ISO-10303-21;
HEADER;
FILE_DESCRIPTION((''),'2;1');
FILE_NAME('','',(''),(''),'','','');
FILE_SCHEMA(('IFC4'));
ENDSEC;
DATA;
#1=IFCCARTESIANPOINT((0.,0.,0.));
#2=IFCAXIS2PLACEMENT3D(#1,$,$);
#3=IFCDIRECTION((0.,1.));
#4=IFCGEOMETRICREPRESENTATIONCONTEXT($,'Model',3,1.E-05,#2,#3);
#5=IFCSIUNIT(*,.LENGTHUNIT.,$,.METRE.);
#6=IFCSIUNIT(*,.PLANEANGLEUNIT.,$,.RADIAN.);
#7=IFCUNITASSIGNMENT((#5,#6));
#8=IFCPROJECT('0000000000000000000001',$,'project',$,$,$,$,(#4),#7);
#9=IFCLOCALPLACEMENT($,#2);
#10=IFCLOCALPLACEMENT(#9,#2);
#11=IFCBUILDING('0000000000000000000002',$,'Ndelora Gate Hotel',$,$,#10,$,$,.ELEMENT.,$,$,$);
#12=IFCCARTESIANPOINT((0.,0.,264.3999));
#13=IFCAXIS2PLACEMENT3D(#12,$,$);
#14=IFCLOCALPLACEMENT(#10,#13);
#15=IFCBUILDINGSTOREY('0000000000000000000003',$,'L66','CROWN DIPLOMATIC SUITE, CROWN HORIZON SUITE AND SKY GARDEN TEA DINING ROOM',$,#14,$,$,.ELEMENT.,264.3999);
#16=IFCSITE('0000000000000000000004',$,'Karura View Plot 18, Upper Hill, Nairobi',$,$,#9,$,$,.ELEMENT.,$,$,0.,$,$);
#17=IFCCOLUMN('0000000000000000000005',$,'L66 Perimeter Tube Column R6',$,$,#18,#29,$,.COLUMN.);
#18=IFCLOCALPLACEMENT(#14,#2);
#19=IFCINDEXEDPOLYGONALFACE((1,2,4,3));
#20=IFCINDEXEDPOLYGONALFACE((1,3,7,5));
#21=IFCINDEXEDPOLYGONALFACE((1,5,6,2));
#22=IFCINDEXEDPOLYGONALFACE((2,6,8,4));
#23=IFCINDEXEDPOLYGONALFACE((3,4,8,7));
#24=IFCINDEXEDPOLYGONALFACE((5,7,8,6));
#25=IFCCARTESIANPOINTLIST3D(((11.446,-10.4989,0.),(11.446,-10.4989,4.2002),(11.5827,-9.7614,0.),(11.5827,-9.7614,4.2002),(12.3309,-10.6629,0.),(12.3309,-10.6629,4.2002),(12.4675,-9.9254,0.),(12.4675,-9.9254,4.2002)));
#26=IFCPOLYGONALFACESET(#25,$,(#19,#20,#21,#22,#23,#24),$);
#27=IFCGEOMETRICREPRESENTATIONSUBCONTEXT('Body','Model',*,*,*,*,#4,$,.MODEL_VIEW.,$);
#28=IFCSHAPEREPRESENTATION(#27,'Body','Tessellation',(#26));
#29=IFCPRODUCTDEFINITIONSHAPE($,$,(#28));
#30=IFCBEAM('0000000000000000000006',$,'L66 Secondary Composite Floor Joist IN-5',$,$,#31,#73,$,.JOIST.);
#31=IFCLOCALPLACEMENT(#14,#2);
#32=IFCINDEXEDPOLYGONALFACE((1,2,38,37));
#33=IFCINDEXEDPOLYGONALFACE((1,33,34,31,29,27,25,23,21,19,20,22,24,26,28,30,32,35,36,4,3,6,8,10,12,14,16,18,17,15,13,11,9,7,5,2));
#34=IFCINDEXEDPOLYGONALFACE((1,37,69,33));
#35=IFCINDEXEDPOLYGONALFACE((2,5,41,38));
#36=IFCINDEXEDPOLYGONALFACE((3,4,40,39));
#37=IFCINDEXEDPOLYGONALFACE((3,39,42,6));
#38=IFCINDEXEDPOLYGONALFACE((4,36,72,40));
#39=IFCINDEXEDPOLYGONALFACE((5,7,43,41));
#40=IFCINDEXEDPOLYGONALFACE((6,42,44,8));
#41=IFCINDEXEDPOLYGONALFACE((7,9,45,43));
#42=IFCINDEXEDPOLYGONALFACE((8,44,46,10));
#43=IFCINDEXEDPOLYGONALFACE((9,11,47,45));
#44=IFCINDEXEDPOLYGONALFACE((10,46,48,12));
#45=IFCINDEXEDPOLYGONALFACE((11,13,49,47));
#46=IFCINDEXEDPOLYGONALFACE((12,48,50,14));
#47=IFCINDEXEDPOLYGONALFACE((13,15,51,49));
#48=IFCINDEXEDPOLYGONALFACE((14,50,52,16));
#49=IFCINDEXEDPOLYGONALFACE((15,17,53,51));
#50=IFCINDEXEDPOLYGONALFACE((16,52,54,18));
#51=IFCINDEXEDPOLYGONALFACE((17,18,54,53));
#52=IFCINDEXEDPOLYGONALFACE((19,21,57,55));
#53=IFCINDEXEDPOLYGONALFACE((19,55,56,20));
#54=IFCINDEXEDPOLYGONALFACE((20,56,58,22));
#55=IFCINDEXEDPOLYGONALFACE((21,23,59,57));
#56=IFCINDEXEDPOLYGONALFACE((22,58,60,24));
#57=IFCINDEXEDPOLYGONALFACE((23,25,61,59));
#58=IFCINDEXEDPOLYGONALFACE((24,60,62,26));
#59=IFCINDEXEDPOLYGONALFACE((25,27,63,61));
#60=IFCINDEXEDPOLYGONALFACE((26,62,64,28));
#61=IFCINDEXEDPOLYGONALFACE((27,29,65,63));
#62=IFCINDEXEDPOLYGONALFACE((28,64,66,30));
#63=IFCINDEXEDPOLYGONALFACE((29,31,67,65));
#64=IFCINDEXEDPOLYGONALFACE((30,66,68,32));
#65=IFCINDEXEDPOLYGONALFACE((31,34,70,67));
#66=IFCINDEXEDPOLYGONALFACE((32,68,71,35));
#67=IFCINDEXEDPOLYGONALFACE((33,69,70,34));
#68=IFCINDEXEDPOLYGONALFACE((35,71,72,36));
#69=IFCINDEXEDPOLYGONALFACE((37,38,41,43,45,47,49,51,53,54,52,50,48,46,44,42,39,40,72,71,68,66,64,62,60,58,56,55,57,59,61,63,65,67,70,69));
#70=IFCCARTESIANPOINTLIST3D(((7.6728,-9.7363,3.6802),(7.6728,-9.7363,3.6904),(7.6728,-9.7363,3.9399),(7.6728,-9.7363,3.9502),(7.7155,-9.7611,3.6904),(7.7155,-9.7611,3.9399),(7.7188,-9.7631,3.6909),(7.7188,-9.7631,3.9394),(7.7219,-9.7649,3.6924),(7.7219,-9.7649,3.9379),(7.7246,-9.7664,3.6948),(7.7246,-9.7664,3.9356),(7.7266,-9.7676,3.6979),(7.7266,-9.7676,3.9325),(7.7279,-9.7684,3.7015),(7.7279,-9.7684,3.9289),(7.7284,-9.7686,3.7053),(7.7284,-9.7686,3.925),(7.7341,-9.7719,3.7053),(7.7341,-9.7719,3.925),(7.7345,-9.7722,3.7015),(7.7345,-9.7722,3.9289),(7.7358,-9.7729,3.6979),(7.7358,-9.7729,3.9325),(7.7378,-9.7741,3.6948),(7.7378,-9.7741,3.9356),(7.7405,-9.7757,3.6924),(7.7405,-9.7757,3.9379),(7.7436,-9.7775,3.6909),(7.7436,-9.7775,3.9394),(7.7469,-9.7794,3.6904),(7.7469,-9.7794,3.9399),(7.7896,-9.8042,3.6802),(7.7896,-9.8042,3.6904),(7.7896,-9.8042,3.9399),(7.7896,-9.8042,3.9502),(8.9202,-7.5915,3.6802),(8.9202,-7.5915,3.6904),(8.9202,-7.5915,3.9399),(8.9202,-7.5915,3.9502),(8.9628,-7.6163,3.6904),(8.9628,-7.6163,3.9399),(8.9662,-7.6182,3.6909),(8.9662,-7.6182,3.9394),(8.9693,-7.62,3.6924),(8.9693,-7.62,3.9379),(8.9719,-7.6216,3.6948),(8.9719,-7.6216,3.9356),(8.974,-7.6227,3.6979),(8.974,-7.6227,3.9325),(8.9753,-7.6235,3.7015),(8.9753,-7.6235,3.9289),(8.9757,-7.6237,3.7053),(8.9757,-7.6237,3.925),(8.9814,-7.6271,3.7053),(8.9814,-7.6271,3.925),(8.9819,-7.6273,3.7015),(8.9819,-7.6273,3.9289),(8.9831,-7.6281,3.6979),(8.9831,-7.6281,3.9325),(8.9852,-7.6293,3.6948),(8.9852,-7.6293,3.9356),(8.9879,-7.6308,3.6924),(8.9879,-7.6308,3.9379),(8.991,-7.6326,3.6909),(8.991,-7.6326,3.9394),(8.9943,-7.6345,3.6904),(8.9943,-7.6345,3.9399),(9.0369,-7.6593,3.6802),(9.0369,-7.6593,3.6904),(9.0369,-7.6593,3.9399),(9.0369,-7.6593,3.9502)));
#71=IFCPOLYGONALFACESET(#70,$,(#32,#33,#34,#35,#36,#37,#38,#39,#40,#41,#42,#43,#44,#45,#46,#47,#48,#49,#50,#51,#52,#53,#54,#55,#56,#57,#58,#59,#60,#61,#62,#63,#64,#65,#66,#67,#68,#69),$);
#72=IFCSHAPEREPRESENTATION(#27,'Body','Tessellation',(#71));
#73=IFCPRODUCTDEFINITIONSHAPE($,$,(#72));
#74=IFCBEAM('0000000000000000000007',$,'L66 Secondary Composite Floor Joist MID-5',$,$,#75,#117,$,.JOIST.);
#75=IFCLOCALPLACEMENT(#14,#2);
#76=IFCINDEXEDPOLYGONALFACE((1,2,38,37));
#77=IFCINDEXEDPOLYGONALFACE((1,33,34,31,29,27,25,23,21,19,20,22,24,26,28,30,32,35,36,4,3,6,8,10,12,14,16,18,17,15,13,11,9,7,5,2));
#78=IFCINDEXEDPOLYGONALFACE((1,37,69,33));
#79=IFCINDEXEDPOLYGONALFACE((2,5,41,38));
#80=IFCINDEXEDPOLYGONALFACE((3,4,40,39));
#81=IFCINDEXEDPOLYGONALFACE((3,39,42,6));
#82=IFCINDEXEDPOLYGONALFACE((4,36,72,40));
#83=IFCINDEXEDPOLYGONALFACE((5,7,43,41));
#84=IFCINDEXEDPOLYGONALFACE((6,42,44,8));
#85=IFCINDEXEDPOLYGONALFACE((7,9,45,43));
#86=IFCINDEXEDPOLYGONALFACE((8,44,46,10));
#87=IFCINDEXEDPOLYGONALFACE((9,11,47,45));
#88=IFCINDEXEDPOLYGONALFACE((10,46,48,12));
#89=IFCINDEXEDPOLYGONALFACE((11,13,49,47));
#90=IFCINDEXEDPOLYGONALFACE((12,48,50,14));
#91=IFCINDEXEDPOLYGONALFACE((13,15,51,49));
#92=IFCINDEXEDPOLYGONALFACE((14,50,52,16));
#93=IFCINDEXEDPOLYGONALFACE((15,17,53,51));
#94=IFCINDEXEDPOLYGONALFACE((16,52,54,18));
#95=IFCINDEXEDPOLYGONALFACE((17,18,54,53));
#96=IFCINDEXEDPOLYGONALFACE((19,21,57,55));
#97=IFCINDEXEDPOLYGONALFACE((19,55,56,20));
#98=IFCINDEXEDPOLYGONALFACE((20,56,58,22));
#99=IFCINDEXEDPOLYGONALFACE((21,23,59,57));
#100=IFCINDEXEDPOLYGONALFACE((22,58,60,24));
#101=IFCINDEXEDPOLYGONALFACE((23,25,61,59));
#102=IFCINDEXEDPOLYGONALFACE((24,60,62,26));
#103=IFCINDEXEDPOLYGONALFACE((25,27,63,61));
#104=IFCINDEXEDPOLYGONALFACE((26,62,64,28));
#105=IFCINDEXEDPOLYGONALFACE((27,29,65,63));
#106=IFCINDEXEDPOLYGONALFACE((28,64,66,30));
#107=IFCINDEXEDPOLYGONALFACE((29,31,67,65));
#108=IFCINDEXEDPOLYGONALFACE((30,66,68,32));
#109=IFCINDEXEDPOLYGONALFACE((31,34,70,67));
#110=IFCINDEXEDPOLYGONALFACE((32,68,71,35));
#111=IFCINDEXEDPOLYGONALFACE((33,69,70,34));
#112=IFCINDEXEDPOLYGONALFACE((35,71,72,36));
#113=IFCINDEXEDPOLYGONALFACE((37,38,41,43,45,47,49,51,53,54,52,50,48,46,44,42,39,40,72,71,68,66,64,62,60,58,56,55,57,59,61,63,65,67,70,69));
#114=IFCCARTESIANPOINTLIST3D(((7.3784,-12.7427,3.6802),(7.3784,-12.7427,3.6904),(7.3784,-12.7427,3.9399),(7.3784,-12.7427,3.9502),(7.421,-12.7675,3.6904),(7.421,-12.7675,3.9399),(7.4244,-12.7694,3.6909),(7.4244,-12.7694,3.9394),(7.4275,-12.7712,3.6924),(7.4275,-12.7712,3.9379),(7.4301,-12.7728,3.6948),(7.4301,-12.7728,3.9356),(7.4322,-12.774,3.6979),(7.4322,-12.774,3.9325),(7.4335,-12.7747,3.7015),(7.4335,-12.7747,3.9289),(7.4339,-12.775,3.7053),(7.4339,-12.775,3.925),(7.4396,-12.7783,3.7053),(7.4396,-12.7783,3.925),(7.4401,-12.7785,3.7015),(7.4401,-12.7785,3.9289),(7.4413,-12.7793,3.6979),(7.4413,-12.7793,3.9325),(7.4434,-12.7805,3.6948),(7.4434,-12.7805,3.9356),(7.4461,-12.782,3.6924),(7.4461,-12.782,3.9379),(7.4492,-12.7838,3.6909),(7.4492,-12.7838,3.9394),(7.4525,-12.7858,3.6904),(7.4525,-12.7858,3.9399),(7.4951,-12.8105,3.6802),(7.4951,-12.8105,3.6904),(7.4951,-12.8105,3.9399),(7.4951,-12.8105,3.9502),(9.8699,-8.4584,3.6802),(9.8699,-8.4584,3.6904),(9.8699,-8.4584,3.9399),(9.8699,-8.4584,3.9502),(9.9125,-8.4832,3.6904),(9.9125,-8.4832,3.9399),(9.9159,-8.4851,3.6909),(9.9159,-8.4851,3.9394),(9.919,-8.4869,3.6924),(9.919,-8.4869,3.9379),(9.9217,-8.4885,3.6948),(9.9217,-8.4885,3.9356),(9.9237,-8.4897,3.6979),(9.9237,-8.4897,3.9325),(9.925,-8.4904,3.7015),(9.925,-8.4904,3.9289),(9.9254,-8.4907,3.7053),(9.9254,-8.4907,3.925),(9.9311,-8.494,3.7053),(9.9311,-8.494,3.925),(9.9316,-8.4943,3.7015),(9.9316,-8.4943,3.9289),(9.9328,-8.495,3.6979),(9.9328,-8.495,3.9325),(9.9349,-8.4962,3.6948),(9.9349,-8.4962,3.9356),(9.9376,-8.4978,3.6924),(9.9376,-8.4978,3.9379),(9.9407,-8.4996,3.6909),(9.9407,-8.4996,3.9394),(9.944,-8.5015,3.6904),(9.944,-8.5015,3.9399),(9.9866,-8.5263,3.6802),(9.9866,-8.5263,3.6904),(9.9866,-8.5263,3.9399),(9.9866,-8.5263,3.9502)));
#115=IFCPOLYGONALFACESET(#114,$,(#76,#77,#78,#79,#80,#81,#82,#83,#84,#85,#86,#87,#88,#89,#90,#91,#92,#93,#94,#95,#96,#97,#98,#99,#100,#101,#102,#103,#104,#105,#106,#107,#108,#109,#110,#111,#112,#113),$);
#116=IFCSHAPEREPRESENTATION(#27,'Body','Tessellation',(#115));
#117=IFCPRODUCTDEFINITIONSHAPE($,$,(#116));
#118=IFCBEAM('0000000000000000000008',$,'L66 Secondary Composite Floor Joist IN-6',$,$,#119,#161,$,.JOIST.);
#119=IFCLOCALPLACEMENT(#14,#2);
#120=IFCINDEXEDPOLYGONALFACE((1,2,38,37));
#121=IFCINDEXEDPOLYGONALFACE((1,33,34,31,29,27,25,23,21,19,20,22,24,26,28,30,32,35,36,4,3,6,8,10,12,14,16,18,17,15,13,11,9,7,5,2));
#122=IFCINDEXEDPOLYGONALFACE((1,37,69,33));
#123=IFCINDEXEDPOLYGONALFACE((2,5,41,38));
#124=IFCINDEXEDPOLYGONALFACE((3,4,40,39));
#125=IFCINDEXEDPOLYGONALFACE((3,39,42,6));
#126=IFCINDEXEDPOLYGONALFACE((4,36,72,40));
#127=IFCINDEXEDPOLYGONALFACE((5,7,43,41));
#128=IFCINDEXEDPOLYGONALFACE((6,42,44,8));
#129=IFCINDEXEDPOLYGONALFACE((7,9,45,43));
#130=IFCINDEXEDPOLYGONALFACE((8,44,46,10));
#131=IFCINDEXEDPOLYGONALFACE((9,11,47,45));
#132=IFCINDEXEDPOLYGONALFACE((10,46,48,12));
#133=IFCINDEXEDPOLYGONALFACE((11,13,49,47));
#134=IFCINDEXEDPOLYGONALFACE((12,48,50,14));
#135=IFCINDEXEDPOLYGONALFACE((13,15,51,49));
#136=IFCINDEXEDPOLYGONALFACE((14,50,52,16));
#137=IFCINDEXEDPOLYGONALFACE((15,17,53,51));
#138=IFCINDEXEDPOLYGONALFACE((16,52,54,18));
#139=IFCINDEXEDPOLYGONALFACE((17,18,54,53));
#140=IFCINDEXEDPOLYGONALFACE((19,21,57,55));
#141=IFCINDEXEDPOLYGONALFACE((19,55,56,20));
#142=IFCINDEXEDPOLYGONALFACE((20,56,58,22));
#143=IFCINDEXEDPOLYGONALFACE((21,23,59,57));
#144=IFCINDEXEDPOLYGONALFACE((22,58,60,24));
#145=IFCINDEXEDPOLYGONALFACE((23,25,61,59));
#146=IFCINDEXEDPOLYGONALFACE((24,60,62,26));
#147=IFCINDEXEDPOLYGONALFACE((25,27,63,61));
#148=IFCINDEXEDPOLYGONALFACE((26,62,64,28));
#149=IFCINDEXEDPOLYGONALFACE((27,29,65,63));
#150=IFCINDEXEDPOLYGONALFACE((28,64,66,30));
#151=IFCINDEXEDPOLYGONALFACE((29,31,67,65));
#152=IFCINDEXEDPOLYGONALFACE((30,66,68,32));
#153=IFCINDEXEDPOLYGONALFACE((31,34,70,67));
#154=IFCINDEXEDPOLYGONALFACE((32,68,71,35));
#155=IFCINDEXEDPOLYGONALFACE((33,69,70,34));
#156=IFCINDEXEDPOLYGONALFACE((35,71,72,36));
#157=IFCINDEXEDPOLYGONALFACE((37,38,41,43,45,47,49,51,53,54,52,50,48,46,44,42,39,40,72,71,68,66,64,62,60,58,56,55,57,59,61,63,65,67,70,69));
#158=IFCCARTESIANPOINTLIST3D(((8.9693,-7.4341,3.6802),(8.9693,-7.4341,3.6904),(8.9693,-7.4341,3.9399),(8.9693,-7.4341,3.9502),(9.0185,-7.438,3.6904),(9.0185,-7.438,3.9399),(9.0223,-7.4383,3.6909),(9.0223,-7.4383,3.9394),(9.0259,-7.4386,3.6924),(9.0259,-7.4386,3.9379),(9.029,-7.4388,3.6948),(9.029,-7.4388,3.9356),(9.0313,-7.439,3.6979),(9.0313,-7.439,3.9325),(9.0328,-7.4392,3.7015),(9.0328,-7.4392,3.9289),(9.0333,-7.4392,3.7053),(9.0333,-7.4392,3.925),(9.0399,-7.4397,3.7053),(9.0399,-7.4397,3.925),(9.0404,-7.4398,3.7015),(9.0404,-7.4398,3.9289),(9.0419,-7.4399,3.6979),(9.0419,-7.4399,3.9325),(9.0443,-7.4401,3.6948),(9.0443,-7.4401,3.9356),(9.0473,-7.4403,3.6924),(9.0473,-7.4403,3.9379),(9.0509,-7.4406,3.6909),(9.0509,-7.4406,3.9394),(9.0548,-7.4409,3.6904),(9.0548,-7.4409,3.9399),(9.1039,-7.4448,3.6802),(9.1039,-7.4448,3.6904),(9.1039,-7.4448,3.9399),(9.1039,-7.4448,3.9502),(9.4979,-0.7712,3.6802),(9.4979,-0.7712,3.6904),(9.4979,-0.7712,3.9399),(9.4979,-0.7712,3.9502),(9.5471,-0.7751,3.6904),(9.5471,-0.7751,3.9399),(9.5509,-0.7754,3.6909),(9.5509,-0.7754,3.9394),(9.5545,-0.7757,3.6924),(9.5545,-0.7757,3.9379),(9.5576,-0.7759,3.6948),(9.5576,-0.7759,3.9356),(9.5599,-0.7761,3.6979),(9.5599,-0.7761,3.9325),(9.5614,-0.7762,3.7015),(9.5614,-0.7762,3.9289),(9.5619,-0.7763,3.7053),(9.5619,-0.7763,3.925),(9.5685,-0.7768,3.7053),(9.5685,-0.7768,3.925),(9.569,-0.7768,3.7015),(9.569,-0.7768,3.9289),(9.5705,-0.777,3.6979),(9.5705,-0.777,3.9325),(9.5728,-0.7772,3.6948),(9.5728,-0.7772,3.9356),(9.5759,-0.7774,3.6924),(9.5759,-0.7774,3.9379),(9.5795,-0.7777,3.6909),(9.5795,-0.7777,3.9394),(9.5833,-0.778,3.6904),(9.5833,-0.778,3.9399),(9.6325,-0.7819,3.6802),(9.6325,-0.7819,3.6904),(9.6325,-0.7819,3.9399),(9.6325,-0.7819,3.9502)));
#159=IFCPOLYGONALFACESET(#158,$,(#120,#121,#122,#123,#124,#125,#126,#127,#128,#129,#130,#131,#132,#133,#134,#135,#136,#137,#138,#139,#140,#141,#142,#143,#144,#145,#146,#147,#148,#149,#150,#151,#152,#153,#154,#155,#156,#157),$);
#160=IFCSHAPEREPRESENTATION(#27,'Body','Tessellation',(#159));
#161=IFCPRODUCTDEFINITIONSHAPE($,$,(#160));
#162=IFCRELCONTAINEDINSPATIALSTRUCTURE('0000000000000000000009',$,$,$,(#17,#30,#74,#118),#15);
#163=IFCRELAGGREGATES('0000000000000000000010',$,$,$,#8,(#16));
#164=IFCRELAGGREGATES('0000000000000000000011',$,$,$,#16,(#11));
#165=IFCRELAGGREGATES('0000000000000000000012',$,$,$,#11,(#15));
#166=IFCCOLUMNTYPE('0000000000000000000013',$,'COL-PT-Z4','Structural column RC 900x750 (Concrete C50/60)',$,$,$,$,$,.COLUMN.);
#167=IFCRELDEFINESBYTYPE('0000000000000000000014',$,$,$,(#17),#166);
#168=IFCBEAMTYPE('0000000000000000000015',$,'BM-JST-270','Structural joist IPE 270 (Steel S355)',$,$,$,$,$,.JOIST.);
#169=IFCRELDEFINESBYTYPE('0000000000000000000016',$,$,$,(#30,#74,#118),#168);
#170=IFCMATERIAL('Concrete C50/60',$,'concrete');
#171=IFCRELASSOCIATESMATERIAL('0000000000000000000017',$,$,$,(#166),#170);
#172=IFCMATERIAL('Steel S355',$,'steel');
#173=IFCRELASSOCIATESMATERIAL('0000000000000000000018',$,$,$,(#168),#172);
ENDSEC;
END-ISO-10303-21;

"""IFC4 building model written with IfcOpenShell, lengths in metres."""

from ifc_helpers import new_model, si_unit, direction, frame, origin, origin_2d, place, context, subcontext, project, spatial, rectangle, i_section, extrude, material, material_profile, profile_set, type_object, element, save


model = new_model("IFC4")

# Units and contexts
model_context = context("Model", 3, precision=1e-05, world=origin(), true_north=direction((0.0, 1.0)))
body_context = subcontext(model_context, "Body", "Model", "MODEL_VIEW")
ifc_project = project(units=[si_unit("LENGTHUNIT", "METRE"), si_unit("PLANEANGLEUNIT", "RADIAN")], contexts=[model_context])

# Site, building, storey
site_placement = place(None, origin())
site = spatial("IfcSite", under=ifc_project, at=site_placement, Name="Karura View Plot 18, Upper Hill, Nairobi", CompositionType="ELEMENT", RefElevation=0.0)
building_placement = place(site_placement, origin())
building = spatial("IfcBuilding", under=site, at=building_placement, Name="Ndelora Gate Hotel", CompositionType="ELEMENT")
storey_placement = place(building_placement, frame((0.0, 0.0, 264.3999)))
storey = spatial("IfcBuildingStorey", under=building, at=storey_placement, Name="L66", Description="CROWN DIPLOMATIC SUITE, CROWN HORIZON SUITE AND SKY GARDEN TEA DINING ROOM", CompositionType="ELEMENT", Elevation=264.3999)

# Column
ifc_material_1 = material(Name="Concrete C50/60", Category="concrete")
ifc_material_profile_1 = material_profile(ifc_material_1, rectangle(XDim=0.75, YDim=0.8999, at=origin_2d()), Name="RC 900x750")
ifc_profile_set_1 = profile_set([ifc_material_profile_1], Name="Concrete C50/60")
column_type = type_object("IfcColumnType", Name="COL-PT-Z4", Description="Structural column RC 900x750 (Concrete C50/60)", PredefinedType="COLUMN", material=ifc_profile_set_1)
column_placement = place(storey_placement, frame((11.9568, -10.2122, 0.0), z_axis=(0.0, 0.0, 1.0), x_axis=(0.182236, 0.983255, 0.0)))
element("IfcColumn", 1, at=column_placement, inside=storey, type_object=column_type, Name="L66 Perimeter Tube Column R6", PredefinedType="COLUMN", context=body_context, shape_type="SweptSolid", body=[
    extrude(rectangle(XDim=0.75, YDim=0.8999, at=origin_2d()), origin(), (0.0, 0.0, 1.0), 4.2002),
])

# Beams
ifc_material_2 = material(Name="Steel S355", Category="steel")
ifc_material_profile_2 = material_profile(ifc_material_2, i_section(OverallWidth=0.135, OverallDepth=0.27, WebThickness=0.0066, FlangeThickness=0.0103, FilletRadius=0.0149, at=origin_2d()), Name="IPE 270")
ifc_profile_set_2 = profile_set([ifc_material_profile_2], Name="Steel S355")
beam_type_1 = type_object("IfcBeamType", Name="BM-JST-270", Description="Structural joist IPE 270 (Steel S355)", PredefinedType="JOIST", material=ifc_profile_set_2)
beam_1_placement = place(storey_placement, frame((7.7312, -9.7703, 3.8152), z_axis=(0.502726, 0.864446, 0.0), x_axis=(-0.864446, 0.502726, 0.0)))
element("IfcBeam", 2, at=beam_1_placement, inside=storey, type_object=beam_type_1, Name="L66 Secondary Composite Floor Joist IN-5", PredefinedType="JOIST", context=body_context, shape_type="SweptSolid", body=[
    extrude(i_section(OverallWidth=0.135, OverallDepth=0.27, WebThickness=0.0066, FlangeThickness=0.0103, FilletRadius=0.0149, at=origin_2d()), origin(), (0.0, 0.0, 1.0), 2.4812),
])
beam_2_placement = place(storey_placement, frame((7.4368, -12.7766, 3.8152), z_axis=(0.502719, 0.86445, 0.0), x_axis=(-0.86445, 0.502719, 0.0)))
element("IfcBeam", 3, at=beam_2_placement, inside=storey, type_object=beam_type_1, Name="L66 Secondary Composite Floor Joist MID-5", PredefinedType="JOIST", context=body_context, shape_type="SweptSolid", body=[
    extrude(i_section(OverallWidth=0.135, OverallDepth=0.27, WebThickness=0.0066, FlangeThickness=0.0103, FilletRadius=0.0149, at=origin_2d()), origin(), (0.0, 0.0, 1.0), 4.9561),
])
beam_3_placement = place(storey_placement, frame((9.0366, -7.4395, 3.8152), z_axis=(0.079082, 0.996868, 0.0), x_axis=(-0.996868, 0.079082, 0.0)))
element("IfcBeam", 4, at=beam_3_placement, inside=storey, type_object=beam_type_1, Name="L66 Secondary Composite Floor Joist IN-6", PredefinedType="JOIST", context=body_context, shape_type="SweptSolid", body=[
    extrude(i_section(OverallWidth=0.135, OverallDepth=0.27, WebThickness=0.0066, FlangeThickness=0.0103, FilletRadius=0.0149, at=origin_2d()), origin(), (0.0, 0.0, 1.0), 6.6838),
])

save(model, "model.ifc")
